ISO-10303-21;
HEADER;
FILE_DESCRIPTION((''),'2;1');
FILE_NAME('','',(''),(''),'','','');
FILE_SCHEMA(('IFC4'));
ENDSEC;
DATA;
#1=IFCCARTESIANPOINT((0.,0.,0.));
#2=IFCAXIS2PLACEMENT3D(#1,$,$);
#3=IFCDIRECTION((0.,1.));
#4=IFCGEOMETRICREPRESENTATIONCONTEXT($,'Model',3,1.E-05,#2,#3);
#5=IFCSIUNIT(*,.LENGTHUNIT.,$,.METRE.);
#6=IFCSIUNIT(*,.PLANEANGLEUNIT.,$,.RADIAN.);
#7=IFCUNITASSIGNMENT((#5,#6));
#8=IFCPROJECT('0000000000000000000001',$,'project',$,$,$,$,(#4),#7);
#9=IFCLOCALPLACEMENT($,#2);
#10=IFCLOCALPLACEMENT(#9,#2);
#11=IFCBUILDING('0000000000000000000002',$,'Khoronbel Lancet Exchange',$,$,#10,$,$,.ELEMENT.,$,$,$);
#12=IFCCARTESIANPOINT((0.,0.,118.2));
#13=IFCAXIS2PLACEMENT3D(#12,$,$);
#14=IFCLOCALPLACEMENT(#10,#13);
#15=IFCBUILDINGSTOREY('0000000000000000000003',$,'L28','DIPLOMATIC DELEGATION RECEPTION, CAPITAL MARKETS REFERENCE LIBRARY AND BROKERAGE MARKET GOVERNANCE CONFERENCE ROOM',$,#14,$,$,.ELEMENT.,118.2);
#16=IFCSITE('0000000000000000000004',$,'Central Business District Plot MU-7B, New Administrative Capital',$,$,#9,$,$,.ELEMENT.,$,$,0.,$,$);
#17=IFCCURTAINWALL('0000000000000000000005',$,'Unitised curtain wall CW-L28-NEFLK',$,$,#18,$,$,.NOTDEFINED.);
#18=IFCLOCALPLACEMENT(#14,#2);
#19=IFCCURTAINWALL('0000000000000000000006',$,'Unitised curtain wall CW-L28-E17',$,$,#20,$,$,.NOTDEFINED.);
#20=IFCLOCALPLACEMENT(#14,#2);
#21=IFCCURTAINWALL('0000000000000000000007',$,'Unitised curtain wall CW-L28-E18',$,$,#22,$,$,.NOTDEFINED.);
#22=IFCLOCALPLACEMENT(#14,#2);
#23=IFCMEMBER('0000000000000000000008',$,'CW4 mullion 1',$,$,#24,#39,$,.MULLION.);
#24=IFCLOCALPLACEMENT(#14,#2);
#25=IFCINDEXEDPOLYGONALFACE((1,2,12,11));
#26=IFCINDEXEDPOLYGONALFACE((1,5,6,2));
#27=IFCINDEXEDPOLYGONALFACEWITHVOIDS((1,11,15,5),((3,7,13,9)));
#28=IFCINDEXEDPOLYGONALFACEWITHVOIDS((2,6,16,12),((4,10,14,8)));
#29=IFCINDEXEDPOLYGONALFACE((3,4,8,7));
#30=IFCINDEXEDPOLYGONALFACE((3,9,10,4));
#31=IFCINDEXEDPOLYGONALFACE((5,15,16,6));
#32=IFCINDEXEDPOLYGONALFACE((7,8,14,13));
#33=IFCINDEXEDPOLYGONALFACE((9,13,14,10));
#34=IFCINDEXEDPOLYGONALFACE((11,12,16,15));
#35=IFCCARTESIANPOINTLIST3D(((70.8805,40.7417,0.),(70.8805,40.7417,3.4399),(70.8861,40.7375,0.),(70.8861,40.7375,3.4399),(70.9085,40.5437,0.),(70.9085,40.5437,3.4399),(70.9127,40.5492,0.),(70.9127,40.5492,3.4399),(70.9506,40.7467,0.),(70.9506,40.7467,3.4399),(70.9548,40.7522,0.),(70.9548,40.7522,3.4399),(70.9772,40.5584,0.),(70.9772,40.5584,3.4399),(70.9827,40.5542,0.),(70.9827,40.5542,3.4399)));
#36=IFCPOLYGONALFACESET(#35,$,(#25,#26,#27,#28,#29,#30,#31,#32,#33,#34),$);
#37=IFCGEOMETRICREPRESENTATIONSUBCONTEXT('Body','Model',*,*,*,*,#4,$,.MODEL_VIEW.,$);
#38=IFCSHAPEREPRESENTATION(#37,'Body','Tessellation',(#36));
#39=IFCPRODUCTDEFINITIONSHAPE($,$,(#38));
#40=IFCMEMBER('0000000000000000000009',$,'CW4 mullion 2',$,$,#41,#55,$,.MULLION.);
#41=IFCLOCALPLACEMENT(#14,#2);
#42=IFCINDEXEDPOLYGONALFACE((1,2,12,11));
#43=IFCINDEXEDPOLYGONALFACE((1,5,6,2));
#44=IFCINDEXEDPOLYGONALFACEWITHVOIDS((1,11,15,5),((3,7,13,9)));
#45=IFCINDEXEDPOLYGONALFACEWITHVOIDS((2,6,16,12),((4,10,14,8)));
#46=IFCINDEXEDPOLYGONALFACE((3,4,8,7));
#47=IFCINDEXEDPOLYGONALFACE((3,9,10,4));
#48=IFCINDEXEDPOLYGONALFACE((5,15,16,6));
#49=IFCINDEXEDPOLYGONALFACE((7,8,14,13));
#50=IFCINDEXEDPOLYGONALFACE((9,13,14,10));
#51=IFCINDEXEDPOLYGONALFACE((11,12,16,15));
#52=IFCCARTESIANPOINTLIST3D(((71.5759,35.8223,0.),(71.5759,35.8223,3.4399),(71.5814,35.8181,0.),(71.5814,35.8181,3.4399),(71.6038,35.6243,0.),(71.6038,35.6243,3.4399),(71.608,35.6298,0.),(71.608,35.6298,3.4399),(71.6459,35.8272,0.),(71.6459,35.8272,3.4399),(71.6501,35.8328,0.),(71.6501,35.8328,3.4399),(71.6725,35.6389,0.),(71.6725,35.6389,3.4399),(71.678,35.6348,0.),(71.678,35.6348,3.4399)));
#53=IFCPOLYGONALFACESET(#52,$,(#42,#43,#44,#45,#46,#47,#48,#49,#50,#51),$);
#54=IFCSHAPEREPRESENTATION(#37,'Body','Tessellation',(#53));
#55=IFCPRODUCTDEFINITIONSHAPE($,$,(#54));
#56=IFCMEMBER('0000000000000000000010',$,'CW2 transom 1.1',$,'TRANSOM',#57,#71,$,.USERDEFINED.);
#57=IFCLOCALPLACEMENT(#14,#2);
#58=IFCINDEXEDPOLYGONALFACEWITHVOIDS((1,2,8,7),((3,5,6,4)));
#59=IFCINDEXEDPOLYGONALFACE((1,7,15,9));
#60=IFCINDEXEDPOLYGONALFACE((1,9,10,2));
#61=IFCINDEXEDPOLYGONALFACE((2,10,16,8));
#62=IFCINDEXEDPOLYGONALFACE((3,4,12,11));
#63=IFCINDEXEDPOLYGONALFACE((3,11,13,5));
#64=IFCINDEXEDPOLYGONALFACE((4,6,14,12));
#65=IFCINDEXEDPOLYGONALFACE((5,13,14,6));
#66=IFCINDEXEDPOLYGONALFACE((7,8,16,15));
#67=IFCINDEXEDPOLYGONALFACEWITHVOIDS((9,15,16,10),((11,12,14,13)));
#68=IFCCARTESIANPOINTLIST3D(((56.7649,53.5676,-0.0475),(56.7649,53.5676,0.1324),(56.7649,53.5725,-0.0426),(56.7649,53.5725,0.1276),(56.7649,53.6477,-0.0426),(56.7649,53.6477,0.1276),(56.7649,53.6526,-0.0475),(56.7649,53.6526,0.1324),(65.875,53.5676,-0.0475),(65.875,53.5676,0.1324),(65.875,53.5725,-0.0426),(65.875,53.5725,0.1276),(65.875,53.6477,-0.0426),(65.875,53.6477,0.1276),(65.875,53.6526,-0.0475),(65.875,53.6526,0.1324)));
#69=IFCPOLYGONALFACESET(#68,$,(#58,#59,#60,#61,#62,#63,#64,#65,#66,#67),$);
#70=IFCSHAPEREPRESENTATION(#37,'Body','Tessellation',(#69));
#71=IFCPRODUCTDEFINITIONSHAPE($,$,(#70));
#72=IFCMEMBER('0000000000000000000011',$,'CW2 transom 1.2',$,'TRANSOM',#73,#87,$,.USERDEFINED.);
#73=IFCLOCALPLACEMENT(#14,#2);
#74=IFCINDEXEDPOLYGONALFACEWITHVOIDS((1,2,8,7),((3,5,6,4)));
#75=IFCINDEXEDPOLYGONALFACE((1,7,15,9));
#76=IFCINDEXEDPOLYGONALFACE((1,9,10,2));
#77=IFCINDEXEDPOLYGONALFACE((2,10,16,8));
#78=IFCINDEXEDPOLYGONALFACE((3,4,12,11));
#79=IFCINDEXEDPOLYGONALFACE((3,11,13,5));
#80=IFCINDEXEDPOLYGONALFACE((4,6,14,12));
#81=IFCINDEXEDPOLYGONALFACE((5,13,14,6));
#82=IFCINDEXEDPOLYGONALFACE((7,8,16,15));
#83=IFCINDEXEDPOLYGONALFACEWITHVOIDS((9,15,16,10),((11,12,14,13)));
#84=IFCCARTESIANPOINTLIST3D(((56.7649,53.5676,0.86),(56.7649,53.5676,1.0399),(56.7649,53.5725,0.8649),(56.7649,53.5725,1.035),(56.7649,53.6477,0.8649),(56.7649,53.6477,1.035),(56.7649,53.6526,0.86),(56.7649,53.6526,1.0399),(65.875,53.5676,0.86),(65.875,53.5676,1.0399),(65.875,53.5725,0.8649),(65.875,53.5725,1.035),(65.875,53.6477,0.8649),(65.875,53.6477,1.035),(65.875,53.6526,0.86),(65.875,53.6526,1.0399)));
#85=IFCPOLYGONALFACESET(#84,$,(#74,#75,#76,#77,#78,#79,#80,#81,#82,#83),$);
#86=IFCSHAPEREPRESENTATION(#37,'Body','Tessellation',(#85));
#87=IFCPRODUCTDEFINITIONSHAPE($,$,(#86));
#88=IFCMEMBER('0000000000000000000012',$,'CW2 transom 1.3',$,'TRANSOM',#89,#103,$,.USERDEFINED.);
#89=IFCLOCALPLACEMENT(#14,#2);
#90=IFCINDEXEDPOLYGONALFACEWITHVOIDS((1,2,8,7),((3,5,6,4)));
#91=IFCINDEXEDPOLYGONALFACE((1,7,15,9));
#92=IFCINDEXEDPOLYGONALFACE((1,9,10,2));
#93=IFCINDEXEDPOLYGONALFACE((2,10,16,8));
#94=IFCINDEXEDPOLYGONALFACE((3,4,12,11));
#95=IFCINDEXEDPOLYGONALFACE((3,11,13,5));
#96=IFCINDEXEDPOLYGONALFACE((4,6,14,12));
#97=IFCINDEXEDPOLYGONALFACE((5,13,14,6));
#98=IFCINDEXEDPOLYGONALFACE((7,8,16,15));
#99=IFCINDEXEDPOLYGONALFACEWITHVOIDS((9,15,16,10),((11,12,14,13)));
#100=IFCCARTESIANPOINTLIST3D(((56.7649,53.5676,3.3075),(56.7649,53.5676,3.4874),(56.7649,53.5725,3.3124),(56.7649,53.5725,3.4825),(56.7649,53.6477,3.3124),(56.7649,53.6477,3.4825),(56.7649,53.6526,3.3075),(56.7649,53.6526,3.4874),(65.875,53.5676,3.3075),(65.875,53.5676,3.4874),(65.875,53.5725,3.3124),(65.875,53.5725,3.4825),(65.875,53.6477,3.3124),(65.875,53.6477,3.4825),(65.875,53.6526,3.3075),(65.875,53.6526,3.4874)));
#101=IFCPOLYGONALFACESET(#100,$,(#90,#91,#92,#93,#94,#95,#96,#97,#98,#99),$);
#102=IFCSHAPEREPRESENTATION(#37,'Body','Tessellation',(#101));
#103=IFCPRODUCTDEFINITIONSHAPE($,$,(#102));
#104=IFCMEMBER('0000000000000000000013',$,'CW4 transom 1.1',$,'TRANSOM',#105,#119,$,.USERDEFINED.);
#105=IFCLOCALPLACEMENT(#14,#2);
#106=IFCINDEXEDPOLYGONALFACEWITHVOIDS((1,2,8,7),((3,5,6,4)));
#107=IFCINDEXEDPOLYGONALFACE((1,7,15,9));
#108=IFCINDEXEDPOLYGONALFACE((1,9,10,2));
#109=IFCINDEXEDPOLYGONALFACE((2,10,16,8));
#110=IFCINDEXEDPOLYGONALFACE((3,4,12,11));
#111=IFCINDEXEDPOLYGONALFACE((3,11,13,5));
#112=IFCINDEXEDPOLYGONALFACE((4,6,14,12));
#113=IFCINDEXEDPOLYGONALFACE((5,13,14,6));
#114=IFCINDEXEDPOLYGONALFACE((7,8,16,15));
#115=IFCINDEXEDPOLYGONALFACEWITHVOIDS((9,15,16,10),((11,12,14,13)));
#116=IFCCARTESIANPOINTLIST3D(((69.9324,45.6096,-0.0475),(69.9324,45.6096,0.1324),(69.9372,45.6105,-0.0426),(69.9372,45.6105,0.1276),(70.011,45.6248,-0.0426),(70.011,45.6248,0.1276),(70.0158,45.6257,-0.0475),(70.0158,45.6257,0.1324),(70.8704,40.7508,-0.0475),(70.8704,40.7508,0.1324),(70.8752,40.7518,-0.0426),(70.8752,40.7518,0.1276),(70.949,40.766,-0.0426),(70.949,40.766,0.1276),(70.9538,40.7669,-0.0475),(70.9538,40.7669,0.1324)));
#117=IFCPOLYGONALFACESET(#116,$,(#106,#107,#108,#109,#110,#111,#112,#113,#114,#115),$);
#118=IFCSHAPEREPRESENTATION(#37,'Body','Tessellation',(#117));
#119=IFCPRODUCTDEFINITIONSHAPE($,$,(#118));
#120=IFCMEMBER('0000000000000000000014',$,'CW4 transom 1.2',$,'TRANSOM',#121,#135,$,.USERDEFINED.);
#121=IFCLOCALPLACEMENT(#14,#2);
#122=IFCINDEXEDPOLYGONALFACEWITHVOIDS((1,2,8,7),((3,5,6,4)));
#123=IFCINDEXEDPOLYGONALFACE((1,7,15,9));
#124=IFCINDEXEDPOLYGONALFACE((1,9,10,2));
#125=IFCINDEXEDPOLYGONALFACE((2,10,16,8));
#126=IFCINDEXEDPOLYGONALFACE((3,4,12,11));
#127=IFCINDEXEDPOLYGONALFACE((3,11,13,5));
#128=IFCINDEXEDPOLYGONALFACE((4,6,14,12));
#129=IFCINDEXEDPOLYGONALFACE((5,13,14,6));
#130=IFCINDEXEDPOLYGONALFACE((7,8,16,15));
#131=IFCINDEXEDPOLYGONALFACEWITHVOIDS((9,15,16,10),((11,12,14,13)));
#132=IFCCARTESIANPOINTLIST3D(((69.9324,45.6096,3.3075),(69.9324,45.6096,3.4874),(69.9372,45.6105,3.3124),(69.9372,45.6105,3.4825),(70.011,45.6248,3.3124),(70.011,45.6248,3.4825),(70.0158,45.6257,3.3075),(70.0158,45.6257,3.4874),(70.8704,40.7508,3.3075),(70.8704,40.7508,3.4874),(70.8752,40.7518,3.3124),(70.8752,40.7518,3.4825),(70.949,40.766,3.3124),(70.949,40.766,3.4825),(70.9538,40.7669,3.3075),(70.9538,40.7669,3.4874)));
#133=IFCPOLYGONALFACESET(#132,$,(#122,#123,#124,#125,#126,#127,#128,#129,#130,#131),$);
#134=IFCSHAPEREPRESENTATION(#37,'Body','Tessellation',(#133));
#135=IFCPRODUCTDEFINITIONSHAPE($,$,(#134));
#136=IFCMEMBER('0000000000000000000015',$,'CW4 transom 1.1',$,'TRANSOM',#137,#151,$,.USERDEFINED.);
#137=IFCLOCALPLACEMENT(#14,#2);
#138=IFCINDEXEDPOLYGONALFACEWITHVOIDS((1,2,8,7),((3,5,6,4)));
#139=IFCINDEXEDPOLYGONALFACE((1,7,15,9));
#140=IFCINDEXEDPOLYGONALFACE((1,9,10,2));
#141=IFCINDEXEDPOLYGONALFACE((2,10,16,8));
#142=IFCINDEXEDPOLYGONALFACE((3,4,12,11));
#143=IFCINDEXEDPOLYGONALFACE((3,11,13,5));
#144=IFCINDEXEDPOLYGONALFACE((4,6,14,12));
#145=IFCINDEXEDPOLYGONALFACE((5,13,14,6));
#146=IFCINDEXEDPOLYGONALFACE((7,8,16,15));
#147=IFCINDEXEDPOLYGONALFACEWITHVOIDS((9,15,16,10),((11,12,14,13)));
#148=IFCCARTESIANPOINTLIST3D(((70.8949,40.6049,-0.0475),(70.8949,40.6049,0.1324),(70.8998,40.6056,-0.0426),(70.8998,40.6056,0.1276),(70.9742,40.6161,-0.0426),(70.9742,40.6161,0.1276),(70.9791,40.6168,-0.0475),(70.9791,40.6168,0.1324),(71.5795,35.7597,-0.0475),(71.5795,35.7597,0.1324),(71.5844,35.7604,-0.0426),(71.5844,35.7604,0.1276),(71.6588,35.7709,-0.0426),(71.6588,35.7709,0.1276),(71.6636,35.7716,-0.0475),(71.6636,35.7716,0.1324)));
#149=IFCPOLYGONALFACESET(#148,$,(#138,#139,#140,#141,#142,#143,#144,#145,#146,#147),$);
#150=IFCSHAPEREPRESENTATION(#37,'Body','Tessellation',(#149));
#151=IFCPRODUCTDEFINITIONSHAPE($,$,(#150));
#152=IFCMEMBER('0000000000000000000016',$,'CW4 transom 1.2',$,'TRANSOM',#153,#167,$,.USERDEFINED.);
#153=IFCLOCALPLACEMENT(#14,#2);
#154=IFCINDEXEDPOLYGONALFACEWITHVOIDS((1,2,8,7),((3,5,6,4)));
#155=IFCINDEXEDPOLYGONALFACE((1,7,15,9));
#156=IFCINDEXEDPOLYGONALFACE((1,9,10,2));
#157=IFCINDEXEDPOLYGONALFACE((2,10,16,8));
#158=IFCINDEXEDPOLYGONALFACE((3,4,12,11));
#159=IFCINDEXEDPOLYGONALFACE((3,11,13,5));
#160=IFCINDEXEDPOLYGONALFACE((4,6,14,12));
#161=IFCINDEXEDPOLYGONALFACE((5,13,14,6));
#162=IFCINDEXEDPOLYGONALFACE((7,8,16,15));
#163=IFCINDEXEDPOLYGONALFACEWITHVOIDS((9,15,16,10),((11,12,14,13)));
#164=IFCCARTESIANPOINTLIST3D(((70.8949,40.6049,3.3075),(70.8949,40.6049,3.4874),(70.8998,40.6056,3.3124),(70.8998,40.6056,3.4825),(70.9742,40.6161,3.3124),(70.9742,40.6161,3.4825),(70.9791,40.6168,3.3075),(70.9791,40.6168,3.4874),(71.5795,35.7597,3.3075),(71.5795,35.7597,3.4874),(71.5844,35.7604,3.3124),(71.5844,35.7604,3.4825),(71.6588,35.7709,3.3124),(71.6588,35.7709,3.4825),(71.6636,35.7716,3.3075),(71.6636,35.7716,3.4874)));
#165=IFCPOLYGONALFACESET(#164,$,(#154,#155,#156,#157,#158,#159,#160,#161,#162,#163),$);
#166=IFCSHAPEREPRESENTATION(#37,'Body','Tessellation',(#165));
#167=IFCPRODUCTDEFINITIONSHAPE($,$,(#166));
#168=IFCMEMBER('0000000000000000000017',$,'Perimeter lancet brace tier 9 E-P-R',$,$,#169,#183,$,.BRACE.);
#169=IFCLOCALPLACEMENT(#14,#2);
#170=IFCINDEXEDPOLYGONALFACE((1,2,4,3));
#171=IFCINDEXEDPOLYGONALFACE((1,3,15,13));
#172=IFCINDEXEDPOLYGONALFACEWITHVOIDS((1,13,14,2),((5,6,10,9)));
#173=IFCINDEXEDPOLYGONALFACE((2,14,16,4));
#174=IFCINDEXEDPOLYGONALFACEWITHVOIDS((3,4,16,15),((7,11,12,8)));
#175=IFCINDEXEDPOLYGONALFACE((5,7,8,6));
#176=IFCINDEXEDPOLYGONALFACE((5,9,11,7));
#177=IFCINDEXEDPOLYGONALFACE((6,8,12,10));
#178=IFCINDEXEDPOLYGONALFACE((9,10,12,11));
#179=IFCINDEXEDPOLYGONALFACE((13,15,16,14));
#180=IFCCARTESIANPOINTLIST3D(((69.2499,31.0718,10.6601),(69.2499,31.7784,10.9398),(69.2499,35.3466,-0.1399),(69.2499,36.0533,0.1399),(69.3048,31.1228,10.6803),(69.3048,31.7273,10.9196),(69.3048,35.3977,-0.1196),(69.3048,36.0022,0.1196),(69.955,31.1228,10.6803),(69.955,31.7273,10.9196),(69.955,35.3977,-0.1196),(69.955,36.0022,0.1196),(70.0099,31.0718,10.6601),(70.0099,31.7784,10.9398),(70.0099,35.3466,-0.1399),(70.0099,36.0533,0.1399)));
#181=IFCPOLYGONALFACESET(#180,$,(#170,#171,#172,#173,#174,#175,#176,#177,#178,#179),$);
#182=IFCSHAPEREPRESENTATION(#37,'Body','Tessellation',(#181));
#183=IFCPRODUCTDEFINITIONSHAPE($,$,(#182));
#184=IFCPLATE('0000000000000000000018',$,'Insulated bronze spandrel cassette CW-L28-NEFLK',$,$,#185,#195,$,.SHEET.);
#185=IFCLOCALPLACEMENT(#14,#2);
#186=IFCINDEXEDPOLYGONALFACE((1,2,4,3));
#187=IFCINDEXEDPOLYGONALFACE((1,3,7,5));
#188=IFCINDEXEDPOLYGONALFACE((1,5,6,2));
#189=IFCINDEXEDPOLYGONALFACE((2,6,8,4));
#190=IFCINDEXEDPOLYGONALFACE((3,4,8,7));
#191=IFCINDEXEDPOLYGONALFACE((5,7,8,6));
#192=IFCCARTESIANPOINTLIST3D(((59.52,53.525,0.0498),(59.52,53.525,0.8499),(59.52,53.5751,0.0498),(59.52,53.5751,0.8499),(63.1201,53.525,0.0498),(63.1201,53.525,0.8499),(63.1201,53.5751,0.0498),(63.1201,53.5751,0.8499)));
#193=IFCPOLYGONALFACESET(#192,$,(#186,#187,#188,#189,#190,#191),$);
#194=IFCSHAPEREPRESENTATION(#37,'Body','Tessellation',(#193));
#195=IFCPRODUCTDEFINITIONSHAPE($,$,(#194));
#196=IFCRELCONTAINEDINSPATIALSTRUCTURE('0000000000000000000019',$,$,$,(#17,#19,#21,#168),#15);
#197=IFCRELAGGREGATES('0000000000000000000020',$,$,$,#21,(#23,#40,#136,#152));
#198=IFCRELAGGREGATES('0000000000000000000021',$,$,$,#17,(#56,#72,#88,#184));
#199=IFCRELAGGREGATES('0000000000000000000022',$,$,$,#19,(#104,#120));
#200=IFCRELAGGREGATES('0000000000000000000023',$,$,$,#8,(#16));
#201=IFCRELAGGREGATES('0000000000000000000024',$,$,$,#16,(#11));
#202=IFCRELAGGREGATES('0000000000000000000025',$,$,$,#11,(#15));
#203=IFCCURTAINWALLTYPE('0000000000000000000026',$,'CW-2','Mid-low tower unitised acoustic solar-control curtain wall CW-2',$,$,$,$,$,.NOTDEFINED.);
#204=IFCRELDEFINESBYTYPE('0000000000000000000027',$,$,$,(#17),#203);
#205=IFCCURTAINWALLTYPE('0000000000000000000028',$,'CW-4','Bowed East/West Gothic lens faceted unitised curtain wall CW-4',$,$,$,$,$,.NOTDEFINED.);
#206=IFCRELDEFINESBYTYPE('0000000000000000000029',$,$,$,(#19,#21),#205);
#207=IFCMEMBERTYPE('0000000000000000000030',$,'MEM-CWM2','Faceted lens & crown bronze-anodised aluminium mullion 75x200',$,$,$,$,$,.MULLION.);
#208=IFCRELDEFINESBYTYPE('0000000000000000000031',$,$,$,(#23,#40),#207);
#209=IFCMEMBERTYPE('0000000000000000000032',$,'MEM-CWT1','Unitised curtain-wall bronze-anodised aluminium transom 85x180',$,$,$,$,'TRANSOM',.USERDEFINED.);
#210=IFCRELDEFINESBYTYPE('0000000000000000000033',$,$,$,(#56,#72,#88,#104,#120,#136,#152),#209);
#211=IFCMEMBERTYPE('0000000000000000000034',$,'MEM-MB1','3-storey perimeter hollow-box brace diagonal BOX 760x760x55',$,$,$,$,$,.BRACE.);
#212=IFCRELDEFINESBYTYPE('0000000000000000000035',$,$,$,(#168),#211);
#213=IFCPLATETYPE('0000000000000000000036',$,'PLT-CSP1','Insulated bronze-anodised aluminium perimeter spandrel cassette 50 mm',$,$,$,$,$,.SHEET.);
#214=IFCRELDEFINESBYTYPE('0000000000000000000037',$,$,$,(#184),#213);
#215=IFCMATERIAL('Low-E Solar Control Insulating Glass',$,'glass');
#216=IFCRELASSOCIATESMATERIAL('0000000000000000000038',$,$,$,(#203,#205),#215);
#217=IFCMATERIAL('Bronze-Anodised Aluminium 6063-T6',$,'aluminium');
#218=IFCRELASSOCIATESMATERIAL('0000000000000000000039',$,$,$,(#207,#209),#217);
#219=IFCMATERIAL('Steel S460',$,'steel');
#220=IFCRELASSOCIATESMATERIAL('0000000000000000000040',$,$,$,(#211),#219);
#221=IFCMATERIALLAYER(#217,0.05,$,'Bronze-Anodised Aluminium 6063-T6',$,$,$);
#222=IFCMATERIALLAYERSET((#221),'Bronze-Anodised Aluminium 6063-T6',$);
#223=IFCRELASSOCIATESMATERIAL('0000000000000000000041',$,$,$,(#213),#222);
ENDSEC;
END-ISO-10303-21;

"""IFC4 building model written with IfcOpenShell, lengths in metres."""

from ifc_helpers import new_model, si_unit, direction, frame, origin, origin_2d, place, context, subcontext, project, spatial, rectangle, hollow_rectangle, extrude, material, layer, layer_set, material_profile, profile_set, type_object, element, aggregate, save


model = new_model("IFC4")

# Units and contexts
model_context = context("Model", 3, precision=1e-05, world=origin(), true_north=direction((0.0, 1.0)))
body_context = subcontext(model_context, "Body", "Model", "MODEL_VIEW")
ifc_project = project(units=[si_unit("LENGTHUNIT", "METRE"), si_unit("PLANEANGLEUNIT", "RADIAN")], contexts=[model_context])

# Site, building, storey
site_placement = place(None, origin())
site = spatial("IfcSite", under=ifc_project, at=site_placement, Name="Central Business District Plot MU-7B, New Administrative Capital", CompositionType="ELEMENT", RefElevation=0.0)
building_placement = place(site_placement, origin())
building = spatial("IfcBuilding", under=site, at=building_placement, Name="Khoronbel Lancet Exchange", CompositionType="ELEMENT")
storey_placement = place(building_placement, frame((0.0, 0.0, 118.2)))
storey = spatial("IfcBuildingStorey", under=building, at=storey_placement, Name="L28", Description="DIPLOMATIC DELEGATION RECEPTION, CAPITAL MARKETS REFERENCE LIBRARY AND BROKERAGE MARKET GOVERNANCE CONFERENCE ROOM", CompositionType="ELEMENT", Elevation=118.2)

# Shared definitions
ifc_material_1 = material(Name="Steel S460", Category="steel")

# Curtain wall
ifc_material_2 = material(Name="Low-E Solar Control Insulating Glass", Category="glass")
curtain_wall_type_1 = type_object("IfcCurtainWallType", Name="CW-2", Description="Mid-low tower unitised acoustic solar-control curtain wall CW-2", PredefinedType="NOTDEFINED", material=ifc_material_2)
curtain_wall_1_placement = place(storey_placement, origin())
curtain_wall_1 = element("IfcCurtainWall", 1, at=curtain_wall_1_placement, inside=storey, type_object=curtain_wall_type_1, Name="Unitised curtain wall CW-L28-NEFLK", PredefinedType="NOTDEFINED")
ifc_material_3 = material(Name="Bronze-Anodised Aluminium 6063-T6", Category="aluminium")

# Curtain walls, members
curtain_wall_type_2 = type_object("IfcCurtainWallType", Name="CW-4", Description="Bowed East/West Gothic lens faceted unitised curtain wall CW-4", PredefinedType="NOTDEFINED", material=ifc_material_2)
curtain_wall_2_placement = place(storey_placement, origin())
curtain_wall_2 = element("IfcCurtainWall", 2, at=curtain_wall_2_placement, inside=storey, type_object=curtain_wall_type_2, Name="Unitised curtain wall CW-L28-E17", PredefinedType="NOTDEFINED")
ifc_material_profile_1 = material_profile(ifc_material_3, hollow_rectangle(XDim=0.075, YDim=0.2, WallThickness=0.0049, at=origin_2d()), Name="ALU MULLION 75x200")
ifc_profile_set_1 = profile_set([ifc_material_profile_1], Name="Bronze-Anodised Aluminium 6063-T6")
member_type_1 = type_object("IfcMemberType", Name="MEM-CWM2", Description="Faceted lens & crown bronze-anodised aluminium mullion 75x200", PredefinedType="MULLION", material=ifc_profile_set_1)
curtain_wall_3_placement = place(storey_placement, origin())
curtain_wall_3 = element("IfcCurtainWall", 3, at=curtain_wall_3_placement, inside=storey, type_object=curtain_wall_type_2, Name="Unitised curtain wall CW-L28-E18", PredefinedType="NOTDEFINED")
member_1_placement = place(storey_placement, frame((70.9316, 40.6479, 0.0), z_axis=(0.0, 0.0, 1.0), x_axis=(0.990162, 0.139925, 0.0)))
member_1 = element("IfcMember", 4, at=member_1_placement, type_object=member_type_1, Name="CW4 mullion 1", PredefinedType="MULLION", context=body_context, shape_type="SweptSolid", body=[
    extrude(hollow_rectangle(XDim=0.075, YDim=0.2, WallThickness=0.0049, at=origin_2d()), origin(), (0.0, 0.0, 1.0), 3.4399),
])
member_2_placement = place(storey_placement, frame((71.627, 35.7285, 0.0), z_axis=(0.0, 0.0, 1.0), x_axis=(0.990162, 0.139925, 0.0)))
member_2 = element("IfcMember", 5, at=member_2_placement, type_object=member_type_1, Name="CW4 mullion 2", PredefinedType="MULLION", context=body_context, shape_type="SweptSolid", body=[
    extrude(hollow_rectangle(XDim=0.075, YDim=0.2, WallThickness=0.0049, at=origin_2d()), origin(), (0.0, 0.0, 1.0), 3.4399),
])

# Members
ifc_material_profile_2 = material_profile(ifc_material_3, hollow_rectangle(XDim=0.085, YDim=0.1799, WallThickness=0.0049, at=origin_2d()), Name="ALU TRANSOM 85x180")
ifc_profile_set_2 = profile_set([ifc_material_profile_2], Name="Bronze-Anodised Aluminium 6063-T6")
member_type_2 = type_object("IfcMemberType", Name="MEM-CWT1", Description="Unitised curtain-wall bronze-anodised aluminium transom 85x180", ElementType="TRANSOM", PredefinedType="USERDEFINED", material=ifc_profile_set_2)
member_3_placement = place(storey_placement, frame((65.875, 53.6101, 0.0425), z_axis=(-1.0, 0.0, 0.0), x_axis=(0.0, -1.0, 0.0)))
member_3 = element("IfcMember", 6, at=member_3_placement, type_object=member_type_2, Name="CW2 transom 1.1", ObjectType="TRANSOM", PredefinedType="USERDEFINED", context=body_context, shape_type="SweptSolid", body=[
    extrude(hollow_rectangle(XDim=0.085, YDim=0.1799, WallThickness=0.0049, at=origin_2d()), origin(), (0.0, 0.0, 1.0), 9.1101),
])
member_4_placement = place(storey_placement, frame((65.875, 53.6101, 0.95), z_axis=(-1.0, 0.0, 0.0), x_axis=(0.0, -1.0, 0.0)))
member_4 = element("IfcMember", 7, at=member_4_placement, type_object=member_type_2, Name="CW2 transom 1.2", ObjectType="TRANSOM", PredefinedType="USERDEFINED", context=body_context, shape_type="SweptSolid", body=[
    extrude(hollow_rectangle(XDim=0.085, YDim=0.1799, WallThickness=0.0049, at=origin_2d()), origin(), (0.0, 0.0, 1.0), 9.1101),
])
member_5_placement = place(storey_placement, frame((65.875, 53.6101, 3.3975), z_axis=(-1.0, 0.0, 0.0), x_axis=(0.0, -1.0, 0.0)))
member_5 = element("IfcMember", 8, at=member_5_placement, type_object=member_type_2, Name="CW2 transom 1.3", ObjectType="TRANSOM", PredefinedType="USERDEFINED", context=body_context, shape_type="SweptSolid", body=[
    extrude(hollow_rectangle(XDim=0.085, YDim=0.1799, WallThickness=0.0049, at=origin_2d()), origin(), (0.0, 0.0, 1.0), 9.1101),
])
member_6_placement = place(storey_placement, frame((69.9741, 45.6177, 0.0425), z_axis=(0.189546, -0.981872, 0.0), x_axis=(0.981872, 0.189546, 0.0)))
member_6 = element("IfcMember", 9, at=member_6_placement, type_object=member_type_2, Name="CW4 transom 1.1", ObjectType="TRANSOM", PredefinedType="USERDEFINED", context=body_context, shape_type="SweptSolid", body=[
    extrude(hollow_rectangle(XDim=0.085, YDim=0.1799, WallThickness=0.0049, at=origin_2d()), origin(), (0.0, 0.0, 1.0), 4.9485),
])
member_7_placement = place(storey_placement, frame((69.9741, 45.6177, 3.3975), z_axis=(0.189546, -0.981872, 0.0), x_axis=(0.981872, 0.189546, 0.0)))
member_7 = element("IfcMember", 10, at=member_7_placement, type_object=member_type_2, Name="CW4 transom 1.2", ObjectType="TRANSOM", PredefinedType="USERDEFINED", context=body_context, shape_type="SweptSolid", body=[
    extrude(hollow_rectangle(XDim=0.085, YDim=0.1799, WallThickness=0.0049, at=origin_2d()), origin(), (0.0, 0.0, 1.0), 4.9485),
])
member_8_placement = place(storey_placement, frame((70.937, 40.6108, 0.0425), z_axis=(0.139898, -0.990166, 0.0), x_axis=(0.990166, 0.139898, 0.0)))
member_8 = element("IfcMember", 11, at=member_8_placement, type_object=member_type_2, Name="CW4 transom 1.1", ObjectType="TRANSOM", PredefinedType="USERDEFINED", context=body_context, shape_type="SweptSolid", body=[
    extrude(hollow_rectangle(XDim=0.085, YDim=0.1799, WallThickness=0.0049, at=origin_2d()), origin(), (0.0, 0.0, 1.0), 4.8933),
])
member_9_placement = place(storey_placement, frame((70.937, 40.6108, 3.3975), z_axis=(0.139898, -0.990166, 0.0), x_axis=(0.990166, 0.139898, 0.0)))
member_9 = element("IfcMember", 12, at=member_9_placement, type_object=member_type_2, Name="CW4 transom 1.2", ObjectType="TRANSOM", PredefinedType="USERDEFINED", context=body_context, shape_type="SweptSolid", body=[
    extrude(hollow_rectangle(XDim=0.085, YDim=0.1799, WallThickness=0.0049, at=origin_2d()), origin(), (0.0, 0.0, 1.0), 4.8933),
])
ifc_material_profile_3 = material_profile(ifc_material_1, hollow_rectangle(XDim=0.76, YDim=0.76, WallThickness=0.0549, at=origin_2d()), Name="BOX 760x760x55")
ifc_profile_set_3 = profile_set([ifc_material_profile_3], Name="Steel S460")
member_type_3 = type_object("IfcMemberType", Name="MEM-MB1", Description="3-storey perimeter hollow-box brace diagonal BOX 760x760x55", PredefinedType="BRACE", material=ifc_profile_set_3)
member_10_placement = place(storey_placement, frame((69.6299, 35.7, 0.0), z_axis=(0.0, -0.36804, 0.92981), x_axis=(1.0, 0.0, 0.0)))
element("IfcMember", 13, at=member_10_placement, inside=storey, type_object=member_type_3, Name="Perimeter lancet brace tier 9 E-P-R", PredefinedType="BRACE", context=body_context, shape_type="SweptSolid", body=[
    extrude(hollow_rectangle(XDim=0.76, YDim=0.76, WallThickness=0.0549, at=origin_2d()), origin(), (0.0, 0.0, 1.0), 11.6152),
])

# Plate
ifc_layer_1 = layer(ifc_material_3, 0.05, Name="Bronze-Anodised Aluminium 6063-T6")
ifc_layer_set_1 = layer_set([ifc_layer_1], Name="Bronze-Anodised Aluminium 6063-T6")
plate_type_1 = type_object("IfcPlateType", Name="PLT-CSP1", Description="Insulated bronze-anodised aluminium perimeter spandrel cassette 50 mm", PredefinedType="SHEET", material=ifc_layer_set_1)
plate_1_placement = place(storey_placement, frame((61.3201, 53.55, 0.0498), z_axis=(0.0, 0.0, 1.0), x_axis=(-1.0, 0.0, 0.0)))
plate_1 = element("IfcPlate", 14, at=plate_1_placement, type_object=plate_type_1, Name="Insulated bronze spandrel cassette CW-L28-NEFLK", PredefinedType="SHEET", context=body_context, shape_type="SweptSolid", body=[
    extrude(rectangle(XDim=3.6001, YDim=0.05, at=origin_2d()), origin(), (0.0, 0.0, 1.0), 0.8),
])
aggregate(curtain_wall_3, [member_1, member_2, member_8, member_9])
aggregate(curtain_wall_1, [member_3, member_4, member_5, plate_1])
aggregate(curtain_wall_2, [member_6, member_7])

save(model, "model.ifc")
